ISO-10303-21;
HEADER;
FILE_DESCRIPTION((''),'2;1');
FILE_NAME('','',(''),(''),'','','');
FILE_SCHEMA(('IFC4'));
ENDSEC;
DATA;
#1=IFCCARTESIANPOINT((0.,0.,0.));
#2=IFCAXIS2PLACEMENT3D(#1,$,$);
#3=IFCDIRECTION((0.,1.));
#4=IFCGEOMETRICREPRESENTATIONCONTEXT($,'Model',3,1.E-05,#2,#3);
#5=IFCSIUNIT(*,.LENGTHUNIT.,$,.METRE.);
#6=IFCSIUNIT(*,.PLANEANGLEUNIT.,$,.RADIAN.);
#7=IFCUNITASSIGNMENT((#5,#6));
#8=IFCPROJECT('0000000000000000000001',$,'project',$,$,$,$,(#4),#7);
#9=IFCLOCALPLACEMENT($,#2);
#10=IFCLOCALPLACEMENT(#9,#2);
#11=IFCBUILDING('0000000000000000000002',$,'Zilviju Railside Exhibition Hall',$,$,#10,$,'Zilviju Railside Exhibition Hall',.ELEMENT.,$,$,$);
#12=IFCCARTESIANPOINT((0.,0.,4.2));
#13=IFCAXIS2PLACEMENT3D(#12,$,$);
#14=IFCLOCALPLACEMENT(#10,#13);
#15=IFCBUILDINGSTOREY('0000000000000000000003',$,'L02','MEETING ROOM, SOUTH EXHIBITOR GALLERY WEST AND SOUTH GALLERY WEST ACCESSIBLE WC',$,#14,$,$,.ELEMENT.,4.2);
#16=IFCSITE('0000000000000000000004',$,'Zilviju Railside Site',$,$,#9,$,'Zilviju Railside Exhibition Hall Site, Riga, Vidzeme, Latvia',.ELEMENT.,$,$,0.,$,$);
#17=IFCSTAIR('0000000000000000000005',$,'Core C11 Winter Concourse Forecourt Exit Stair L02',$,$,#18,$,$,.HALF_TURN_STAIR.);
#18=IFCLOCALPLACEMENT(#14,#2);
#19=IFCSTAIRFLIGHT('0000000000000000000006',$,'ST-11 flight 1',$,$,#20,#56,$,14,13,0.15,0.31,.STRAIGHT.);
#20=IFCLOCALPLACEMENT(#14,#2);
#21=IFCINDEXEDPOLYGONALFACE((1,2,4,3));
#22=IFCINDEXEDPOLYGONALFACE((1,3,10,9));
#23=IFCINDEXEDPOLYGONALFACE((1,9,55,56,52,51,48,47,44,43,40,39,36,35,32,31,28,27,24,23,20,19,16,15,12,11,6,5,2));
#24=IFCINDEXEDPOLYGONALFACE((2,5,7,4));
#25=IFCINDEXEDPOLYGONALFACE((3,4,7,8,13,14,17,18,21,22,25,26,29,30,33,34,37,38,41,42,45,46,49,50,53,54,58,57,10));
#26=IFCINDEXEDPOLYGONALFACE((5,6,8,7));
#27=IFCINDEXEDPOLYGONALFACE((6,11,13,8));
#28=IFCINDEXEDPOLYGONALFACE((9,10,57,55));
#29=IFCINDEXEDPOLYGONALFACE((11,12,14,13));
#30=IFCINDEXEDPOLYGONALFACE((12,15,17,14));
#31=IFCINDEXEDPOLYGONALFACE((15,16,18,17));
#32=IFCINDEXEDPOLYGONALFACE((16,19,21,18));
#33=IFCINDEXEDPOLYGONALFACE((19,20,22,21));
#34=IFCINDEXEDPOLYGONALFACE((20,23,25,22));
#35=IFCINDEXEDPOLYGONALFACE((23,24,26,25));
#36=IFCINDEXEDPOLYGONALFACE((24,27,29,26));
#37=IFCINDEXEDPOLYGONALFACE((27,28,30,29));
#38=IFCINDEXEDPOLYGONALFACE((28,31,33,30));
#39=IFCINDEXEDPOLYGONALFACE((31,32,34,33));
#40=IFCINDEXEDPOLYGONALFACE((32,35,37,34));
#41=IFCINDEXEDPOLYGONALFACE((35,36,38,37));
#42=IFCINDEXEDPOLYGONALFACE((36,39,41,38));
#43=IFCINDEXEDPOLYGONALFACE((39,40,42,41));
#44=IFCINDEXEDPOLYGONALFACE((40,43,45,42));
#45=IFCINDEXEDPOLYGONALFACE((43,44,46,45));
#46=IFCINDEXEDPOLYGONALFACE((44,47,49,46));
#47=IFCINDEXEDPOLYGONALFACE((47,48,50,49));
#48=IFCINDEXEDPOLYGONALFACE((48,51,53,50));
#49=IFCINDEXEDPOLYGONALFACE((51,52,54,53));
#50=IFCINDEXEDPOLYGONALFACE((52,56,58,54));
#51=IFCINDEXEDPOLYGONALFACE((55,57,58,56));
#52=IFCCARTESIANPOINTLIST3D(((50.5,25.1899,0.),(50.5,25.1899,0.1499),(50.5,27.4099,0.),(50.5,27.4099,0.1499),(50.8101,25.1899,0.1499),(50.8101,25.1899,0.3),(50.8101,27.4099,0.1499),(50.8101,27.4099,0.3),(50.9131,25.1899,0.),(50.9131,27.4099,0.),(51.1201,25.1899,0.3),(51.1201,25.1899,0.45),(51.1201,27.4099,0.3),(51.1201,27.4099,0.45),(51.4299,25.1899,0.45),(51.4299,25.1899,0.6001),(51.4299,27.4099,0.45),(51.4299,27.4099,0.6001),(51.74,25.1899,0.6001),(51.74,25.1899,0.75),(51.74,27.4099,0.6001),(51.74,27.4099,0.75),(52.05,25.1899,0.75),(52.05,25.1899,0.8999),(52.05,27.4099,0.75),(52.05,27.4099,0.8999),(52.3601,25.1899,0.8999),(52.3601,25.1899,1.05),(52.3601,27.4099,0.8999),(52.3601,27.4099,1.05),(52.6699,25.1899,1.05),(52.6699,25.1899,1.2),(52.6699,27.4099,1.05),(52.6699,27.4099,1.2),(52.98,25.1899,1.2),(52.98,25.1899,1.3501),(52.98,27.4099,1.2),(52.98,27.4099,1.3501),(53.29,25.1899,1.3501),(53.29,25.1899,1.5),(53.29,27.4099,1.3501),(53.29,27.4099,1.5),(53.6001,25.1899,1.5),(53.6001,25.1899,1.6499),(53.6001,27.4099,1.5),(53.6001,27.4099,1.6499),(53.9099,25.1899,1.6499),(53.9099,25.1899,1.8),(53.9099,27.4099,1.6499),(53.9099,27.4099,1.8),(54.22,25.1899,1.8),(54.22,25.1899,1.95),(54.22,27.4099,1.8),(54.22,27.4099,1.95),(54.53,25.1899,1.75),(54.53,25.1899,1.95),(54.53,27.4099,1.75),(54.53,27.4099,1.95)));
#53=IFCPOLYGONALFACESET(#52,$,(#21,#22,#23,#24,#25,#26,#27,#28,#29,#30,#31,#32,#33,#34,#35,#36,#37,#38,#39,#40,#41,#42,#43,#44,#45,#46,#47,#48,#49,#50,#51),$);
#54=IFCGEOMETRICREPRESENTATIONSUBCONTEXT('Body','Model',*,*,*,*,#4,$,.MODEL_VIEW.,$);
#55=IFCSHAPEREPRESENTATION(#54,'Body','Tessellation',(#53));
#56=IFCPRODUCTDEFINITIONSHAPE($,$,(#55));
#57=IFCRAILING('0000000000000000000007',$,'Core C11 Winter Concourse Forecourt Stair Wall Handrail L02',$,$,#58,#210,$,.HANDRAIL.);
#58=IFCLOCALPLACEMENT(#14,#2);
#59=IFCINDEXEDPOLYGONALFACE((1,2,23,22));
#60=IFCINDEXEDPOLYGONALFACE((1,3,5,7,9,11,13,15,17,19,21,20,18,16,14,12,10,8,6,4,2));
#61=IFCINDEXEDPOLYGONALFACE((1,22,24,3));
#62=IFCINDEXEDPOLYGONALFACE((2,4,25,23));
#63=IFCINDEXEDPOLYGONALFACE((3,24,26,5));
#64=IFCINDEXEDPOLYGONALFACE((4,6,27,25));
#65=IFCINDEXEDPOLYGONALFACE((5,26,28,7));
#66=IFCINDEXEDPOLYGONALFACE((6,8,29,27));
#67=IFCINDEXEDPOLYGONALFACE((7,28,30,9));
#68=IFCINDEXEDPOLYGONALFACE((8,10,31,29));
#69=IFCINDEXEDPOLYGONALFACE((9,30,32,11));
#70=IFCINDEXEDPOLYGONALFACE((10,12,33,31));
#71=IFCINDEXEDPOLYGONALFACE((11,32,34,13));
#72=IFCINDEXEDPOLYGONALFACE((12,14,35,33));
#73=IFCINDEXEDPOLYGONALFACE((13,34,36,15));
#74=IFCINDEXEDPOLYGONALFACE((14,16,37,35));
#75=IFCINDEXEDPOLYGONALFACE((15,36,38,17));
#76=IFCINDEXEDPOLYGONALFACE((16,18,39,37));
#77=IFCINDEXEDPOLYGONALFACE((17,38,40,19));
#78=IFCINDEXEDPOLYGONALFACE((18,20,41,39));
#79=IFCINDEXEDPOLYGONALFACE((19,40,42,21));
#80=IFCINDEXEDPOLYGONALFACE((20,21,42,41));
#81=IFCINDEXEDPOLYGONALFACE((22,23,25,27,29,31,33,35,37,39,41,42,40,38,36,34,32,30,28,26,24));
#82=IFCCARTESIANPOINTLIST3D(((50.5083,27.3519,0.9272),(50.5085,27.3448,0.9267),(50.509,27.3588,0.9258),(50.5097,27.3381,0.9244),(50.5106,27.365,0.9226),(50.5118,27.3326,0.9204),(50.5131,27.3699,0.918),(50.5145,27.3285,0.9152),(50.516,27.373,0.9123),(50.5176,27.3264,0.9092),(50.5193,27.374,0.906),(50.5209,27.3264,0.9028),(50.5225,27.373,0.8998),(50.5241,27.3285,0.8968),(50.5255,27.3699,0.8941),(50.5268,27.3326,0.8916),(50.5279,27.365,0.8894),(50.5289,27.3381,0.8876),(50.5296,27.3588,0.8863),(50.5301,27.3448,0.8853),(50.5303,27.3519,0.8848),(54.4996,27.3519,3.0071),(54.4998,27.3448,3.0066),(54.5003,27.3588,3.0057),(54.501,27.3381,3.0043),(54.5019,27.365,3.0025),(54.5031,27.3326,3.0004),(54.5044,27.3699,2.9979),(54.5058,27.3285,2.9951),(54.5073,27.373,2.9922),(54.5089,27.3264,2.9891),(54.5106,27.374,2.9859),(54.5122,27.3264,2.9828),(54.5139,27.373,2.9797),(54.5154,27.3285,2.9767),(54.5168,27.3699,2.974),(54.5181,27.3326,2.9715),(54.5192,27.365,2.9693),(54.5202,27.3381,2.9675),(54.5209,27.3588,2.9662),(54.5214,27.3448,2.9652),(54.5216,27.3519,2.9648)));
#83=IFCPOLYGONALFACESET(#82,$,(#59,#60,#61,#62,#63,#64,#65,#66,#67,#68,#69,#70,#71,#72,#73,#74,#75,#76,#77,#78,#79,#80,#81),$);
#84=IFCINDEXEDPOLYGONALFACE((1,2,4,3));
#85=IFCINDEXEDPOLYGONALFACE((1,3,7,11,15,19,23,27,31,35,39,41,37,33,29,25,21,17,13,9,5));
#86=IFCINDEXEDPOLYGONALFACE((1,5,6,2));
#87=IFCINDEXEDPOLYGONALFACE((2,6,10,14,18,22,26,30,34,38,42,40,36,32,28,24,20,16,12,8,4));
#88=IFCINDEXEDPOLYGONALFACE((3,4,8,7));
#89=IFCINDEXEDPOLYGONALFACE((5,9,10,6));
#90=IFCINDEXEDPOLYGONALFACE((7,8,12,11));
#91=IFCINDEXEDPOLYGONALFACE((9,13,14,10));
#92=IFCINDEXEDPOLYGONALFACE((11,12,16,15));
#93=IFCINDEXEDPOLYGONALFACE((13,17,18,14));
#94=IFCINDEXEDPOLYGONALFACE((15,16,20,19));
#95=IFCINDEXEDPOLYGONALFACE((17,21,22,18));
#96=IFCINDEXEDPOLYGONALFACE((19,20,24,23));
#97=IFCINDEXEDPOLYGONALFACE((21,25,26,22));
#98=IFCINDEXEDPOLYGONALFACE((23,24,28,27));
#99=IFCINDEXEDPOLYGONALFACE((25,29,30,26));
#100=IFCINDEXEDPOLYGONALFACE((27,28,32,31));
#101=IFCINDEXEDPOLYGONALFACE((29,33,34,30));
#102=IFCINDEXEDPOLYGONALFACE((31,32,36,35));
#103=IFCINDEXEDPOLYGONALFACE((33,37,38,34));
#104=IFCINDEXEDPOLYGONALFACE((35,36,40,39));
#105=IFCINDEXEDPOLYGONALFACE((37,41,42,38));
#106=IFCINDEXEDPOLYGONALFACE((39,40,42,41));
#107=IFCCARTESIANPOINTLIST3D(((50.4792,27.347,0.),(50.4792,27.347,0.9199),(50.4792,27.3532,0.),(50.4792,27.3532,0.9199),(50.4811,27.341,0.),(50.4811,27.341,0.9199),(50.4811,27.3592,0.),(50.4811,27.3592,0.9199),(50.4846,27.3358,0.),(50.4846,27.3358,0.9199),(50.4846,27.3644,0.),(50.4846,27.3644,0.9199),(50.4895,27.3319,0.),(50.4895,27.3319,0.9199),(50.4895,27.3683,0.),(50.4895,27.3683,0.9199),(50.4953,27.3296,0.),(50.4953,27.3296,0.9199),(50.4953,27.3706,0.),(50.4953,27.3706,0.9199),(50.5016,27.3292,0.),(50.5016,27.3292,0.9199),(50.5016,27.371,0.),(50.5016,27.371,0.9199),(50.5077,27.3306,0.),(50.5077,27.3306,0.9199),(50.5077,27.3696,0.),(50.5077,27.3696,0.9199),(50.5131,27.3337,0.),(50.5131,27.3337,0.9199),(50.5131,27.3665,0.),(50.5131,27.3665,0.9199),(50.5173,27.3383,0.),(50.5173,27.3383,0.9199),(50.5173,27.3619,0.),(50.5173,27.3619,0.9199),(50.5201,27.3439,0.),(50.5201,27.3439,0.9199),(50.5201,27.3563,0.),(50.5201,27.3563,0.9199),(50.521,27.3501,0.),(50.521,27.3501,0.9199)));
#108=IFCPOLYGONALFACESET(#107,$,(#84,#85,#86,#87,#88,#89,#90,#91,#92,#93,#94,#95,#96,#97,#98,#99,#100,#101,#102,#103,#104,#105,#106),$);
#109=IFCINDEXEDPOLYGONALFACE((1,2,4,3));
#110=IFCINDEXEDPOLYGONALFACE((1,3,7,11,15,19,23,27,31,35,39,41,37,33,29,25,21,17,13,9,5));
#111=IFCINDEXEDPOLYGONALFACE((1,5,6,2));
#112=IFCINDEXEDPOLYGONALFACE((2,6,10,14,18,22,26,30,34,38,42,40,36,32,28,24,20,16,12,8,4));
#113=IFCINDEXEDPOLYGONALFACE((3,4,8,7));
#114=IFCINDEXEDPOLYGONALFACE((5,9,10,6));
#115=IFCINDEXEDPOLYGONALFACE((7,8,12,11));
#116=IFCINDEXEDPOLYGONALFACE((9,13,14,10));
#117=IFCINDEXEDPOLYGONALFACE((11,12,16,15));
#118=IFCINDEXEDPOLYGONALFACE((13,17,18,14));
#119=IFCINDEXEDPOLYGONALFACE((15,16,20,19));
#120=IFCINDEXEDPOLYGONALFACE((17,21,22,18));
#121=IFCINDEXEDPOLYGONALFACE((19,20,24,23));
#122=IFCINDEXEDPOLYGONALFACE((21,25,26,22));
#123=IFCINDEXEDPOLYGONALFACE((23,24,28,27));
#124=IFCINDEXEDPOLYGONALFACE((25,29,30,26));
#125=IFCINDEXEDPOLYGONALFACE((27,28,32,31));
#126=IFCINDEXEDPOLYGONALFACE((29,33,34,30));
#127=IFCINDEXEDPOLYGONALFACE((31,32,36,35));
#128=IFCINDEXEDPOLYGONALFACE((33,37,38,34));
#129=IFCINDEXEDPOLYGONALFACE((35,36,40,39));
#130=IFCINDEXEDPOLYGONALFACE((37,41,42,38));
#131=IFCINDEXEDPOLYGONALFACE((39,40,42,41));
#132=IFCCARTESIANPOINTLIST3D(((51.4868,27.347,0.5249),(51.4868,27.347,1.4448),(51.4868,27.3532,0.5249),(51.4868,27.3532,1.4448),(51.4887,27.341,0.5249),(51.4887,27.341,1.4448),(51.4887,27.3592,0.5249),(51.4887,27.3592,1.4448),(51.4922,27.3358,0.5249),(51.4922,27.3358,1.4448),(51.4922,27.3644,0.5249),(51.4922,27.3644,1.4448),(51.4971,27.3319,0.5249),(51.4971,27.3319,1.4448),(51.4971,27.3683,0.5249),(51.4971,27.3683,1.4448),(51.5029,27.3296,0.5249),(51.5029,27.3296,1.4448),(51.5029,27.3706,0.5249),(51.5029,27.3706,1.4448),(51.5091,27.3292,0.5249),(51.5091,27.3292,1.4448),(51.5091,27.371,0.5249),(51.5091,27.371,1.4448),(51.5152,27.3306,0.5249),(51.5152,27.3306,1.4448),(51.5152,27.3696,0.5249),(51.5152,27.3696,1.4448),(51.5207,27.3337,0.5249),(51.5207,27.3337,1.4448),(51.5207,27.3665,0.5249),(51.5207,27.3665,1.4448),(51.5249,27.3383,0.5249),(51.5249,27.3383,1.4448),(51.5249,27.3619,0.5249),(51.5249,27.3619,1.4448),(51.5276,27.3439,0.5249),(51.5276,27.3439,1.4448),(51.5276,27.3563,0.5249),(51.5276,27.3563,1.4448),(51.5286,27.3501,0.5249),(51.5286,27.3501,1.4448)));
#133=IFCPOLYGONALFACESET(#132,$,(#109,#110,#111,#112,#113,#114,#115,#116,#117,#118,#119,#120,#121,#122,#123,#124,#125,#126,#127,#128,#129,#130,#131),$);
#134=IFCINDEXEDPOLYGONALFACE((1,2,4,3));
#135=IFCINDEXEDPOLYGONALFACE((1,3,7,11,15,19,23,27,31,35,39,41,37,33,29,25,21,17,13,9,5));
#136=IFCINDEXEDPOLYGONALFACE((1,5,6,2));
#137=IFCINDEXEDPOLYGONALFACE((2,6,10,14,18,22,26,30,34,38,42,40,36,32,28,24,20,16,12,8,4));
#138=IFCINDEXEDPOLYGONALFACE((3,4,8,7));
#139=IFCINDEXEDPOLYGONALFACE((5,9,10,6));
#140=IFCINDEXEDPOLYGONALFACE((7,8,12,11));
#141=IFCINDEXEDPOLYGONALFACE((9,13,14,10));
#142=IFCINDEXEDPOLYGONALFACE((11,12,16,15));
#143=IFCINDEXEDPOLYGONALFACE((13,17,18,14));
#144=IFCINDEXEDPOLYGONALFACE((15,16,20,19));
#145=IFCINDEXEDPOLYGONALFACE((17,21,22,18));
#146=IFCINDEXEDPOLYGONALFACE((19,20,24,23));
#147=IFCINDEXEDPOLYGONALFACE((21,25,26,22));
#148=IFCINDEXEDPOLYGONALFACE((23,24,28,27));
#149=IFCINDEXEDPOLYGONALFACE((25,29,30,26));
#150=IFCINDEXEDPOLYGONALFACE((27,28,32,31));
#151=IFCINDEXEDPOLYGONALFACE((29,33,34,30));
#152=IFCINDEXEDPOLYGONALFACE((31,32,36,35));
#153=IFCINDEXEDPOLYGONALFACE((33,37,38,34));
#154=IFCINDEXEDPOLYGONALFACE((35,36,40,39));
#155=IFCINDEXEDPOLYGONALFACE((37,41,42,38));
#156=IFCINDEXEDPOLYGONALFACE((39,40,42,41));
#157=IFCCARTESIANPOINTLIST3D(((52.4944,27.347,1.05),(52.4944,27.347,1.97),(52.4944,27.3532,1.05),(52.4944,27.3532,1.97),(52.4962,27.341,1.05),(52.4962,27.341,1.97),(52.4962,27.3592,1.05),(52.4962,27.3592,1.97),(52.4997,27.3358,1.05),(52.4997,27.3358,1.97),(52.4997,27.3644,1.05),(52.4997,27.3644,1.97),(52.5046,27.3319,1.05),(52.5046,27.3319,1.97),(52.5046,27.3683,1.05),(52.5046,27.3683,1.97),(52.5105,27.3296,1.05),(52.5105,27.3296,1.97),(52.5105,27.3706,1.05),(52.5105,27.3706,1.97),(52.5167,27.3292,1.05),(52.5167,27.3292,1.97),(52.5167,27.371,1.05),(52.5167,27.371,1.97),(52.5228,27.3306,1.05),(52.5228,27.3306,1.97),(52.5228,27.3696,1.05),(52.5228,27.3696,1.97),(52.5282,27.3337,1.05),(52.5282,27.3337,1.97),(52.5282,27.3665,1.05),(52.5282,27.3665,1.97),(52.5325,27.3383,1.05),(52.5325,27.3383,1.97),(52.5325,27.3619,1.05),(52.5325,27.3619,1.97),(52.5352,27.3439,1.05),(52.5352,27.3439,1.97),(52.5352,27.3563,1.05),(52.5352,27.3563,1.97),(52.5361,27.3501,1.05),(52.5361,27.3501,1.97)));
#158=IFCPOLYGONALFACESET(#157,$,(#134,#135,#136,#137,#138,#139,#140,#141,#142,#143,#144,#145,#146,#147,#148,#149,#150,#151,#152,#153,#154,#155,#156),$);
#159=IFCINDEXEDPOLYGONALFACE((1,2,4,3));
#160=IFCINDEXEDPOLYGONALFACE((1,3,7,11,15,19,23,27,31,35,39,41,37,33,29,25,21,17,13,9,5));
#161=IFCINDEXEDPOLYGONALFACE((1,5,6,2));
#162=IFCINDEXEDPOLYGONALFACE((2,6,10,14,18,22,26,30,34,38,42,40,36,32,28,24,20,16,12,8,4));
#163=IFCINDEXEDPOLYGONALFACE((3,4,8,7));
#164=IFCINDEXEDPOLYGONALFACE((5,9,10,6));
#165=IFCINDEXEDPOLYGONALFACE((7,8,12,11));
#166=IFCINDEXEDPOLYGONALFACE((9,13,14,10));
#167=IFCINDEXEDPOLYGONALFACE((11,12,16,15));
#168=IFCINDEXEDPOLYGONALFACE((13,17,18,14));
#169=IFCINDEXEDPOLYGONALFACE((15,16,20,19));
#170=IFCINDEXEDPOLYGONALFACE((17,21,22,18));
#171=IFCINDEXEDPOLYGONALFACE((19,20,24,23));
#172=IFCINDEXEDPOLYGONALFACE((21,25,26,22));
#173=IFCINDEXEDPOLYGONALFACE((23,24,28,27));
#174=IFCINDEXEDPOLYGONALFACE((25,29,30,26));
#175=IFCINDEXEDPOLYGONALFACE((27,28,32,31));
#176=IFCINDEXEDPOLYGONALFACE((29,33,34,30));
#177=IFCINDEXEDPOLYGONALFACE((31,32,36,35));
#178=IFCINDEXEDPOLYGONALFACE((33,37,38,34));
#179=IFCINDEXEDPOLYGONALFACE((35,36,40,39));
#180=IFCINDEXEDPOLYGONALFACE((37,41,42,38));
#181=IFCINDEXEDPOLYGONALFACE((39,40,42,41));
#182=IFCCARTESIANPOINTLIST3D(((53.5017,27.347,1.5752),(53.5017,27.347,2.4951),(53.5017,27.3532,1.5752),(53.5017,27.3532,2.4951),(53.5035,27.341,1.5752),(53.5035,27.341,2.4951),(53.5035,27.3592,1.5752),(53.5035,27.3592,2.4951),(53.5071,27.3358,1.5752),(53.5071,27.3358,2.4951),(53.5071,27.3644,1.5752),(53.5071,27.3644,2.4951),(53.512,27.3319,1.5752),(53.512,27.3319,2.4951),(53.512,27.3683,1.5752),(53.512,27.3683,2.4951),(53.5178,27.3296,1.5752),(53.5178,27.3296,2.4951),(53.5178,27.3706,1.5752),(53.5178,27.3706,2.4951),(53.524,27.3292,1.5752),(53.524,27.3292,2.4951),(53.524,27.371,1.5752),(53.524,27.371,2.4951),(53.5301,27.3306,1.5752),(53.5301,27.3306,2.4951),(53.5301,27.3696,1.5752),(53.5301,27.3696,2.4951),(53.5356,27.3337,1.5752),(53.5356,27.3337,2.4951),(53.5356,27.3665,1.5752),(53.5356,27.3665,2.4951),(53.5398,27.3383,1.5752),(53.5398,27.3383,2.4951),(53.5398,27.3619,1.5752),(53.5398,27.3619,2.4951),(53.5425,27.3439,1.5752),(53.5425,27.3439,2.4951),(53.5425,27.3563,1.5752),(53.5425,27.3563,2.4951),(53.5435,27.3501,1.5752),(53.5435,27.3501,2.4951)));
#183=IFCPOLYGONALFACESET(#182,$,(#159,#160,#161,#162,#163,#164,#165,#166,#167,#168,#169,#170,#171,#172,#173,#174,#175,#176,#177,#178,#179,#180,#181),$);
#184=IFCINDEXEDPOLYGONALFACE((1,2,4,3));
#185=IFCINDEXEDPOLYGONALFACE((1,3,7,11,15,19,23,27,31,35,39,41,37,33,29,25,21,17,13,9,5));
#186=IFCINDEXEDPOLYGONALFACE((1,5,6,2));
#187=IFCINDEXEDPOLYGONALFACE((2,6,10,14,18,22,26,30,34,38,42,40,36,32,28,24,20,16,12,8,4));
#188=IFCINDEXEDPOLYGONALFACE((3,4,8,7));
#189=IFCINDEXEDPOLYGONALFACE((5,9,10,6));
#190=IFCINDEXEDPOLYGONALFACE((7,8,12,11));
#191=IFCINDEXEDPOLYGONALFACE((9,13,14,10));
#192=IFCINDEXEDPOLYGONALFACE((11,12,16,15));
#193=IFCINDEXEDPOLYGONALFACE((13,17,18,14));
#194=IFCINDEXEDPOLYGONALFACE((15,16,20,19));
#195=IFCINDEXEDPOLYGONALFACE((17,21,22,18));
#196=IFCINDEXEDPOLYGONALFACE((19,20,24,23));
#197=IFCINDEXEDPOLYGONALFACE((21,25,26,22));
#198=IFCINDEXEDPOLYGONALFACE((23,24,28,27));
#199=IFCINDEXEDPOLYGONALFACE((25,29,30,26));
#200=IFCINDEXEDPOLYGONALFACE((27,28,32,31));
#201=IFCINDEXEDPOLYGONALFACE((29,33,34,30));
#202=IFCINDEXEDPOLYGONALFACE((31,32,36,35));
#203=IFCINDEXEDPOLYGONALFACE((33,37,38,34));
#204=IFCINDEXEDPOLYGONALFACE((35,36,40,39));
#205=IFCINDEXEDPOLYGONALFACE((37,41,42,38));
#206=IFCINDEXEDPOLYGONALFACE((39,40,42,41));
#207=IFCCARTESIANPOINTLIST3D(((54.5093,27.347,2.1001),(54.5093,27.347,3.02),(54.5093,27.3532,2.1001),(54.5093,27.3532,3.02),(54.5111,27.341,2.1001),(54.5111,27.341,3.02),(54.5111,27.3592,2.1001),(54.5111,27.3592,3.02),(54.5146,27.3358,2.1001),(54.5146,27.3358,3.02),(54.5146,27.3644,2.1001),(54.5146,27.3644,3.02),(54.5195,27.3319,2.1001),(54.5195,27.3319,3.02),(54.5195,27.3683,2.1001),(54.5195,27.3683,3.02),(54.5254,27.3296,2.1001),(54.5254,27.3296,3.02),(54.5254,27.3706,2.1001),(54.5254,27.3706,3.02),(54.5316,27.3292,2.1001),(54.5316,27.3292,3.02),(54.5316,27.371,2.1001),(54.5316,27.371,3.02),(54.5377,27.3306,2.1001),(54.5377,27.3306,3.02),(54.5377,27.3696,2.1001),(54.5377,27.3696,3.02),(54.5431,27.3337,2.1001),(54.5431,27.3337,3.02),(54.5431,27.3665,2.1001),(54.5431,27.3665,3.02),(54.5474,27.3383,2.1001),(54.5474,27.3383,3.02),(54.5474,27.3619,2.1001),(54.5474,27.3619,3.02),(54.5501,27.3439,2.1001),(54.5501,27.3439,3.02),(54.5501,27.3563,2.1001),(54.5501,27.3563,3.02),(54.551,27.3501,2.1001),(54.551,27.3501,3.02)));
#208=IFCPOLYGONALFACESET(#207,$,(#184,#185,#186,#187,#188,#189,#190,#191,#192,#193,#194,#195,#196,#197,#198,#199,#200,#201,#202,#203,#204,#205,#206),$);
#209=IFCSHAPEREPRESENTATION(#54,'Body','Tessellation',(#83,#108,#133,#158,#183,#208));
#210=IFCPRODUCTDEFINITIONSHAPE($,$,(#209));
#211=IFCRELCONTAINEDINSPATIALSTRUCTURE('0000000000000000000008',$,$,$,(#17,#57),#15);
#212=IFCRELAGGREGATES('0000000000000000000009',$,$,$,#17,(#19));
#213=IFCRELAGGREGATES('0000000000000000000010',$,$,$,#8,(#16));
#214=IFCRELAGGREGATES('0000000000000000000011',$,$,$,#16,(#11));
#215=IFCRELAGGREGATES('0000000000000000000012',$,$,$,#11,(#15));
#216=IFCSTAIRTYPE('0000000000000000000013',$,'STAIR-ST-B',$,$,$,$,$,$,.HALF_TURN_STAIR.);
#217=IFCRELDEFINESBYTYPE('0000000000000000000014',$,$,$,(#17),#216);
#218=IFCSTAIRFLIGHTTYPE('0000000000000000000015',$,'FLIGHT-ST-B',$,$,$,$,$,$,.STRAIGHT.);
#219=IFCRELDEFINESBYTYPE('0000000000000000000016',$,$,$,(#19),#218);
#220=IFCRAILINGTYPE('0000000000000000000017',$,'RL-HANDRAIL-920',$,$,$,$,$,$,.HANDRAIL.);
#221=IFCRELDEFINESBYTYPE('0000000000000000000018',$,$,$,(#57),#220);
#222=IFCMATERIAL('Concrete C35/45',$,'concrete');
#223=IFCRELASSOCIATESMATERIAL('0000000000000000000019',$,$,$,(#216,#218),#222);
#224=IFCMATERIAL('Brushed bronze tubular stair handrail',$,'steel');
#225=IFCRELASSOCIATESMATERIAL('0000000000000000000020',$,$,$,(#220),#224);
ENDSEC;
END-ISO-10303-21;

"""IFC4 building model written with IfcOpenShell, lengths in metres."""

from ifc_helpers import new_model, si_unit, direction, frame, origin, origin_2d, place, context, subcontext, project, spatial, polyline, circle, outline, extrude, material, type_object, element, aggregate, save


model = new_model("IFC4")

# Units and contexts
model_context = context("Model", 3, precision=1e-05, world=origin(), true_north=direction((0.0, 1.0)))
body_context = subcontext(model_context, "Body", "Model", "MODEL_VIEW")
ifc_project = project(units=[si_unit("LENGTHUNIT", "METRE"), si_unit("PLANEANGLEUNIT", "RADIAN")], contexts=[model_context])

# Site, building, storey
site_placement = place(None, origin())
site = spatial("IfcSite", under=ifc_project, at=site_placement, Name="Zilviju Railside Site", LongName="Zilviju Railside Exhibition Hall Site, Riga, Vidzeme, Latvia", CompositionType="ELEMENT", RefElevation=0.0)
building_placement = place(site_placement, origin())
building = spatial("IfcBuilding", under=site, at=building_placement, Name="Zilviju Railside Exhibition Hall", LongName="Zilviju Railside Exhibition Hall", CompositionType="ELEMENT")
storey_placement = place(building_placement, frame((0.0, 0.0, 4.2)))
storey = spatial("IfcBuildingStorey", under=building, at=storey_placement, Name="L02", Description="MEETING ROOM, SOUTH EXHIBITOR GALLERY WEST AND SOUTH GALLERY WEST ACCESSIBLE WC", CompositionType="ELEMENT", Elevation=4.2)

# Shared definitions
ifc_material_1 = material(Name="Concrete C35/45", Category="concrete")

# Stair, stair flight
stair_type = type_object("IfcStairType", Name="STAIR-ST-B", PredefinedType="HALF_TURN_STAIR", material=ifc_material_1)
stair_placement = place(storey_placement, origin())
stair = element("IfcStair", 1, at=stair_placement, inside=storey, type_object=stair_type, Name="Core C11 Winter Concourse Forecourt Exit Stair L02", PredefinedType="HALF_TURN_STAIR")
stair_flight_type = type_object("IfcStairFlightType", Name="FLIGHT-ST-B", PredefinedType="STRAIGHT", material=ifc_material_1)
stair_flight_placement = place(storey_placement, frame((50.5, 26.3, 0.0), z_axis=(0.0, 0.0, 1.0), x_axis=(1.0, 0.0, 0.0)))
stair_flight = element("IfcStairFlight", 2, at=stair_flight_placement, type_object=stair_flight_type, Name="ST-11 flight 1", NumberOfRisers=14, NumberOfTreads=13, PredefinedType="STRAIGHT", RiserHeight=0.15, TreadLength=0.31, context=body_context, shape_type="SweptSolid", body=[
    extrude(outline(polyline([(0.0, 0.0), (0.0, 0.1499), (0.3101, 0.1499), (0.3101, 0.3), (0.6201, 0.3), (0.6201, 0.45), (0.9299, 0.45), (0.9299, 0.6001), (1.24, 0.6001), (1.24, 0.75), (1.55, 0.75), (1.55, 0.8999), (1.8601, 0.8999), (1.8601, 1.05), (2.1699, 1.05), (2.1699, 1.2), (2.48, 1.2), (2.48, 1.3501), (2.79, 1.3501), (2.79, 1.5), (3.1001, 1.5), (3.1001, 1.6499), (3.4099, 1.6499), (3.4099, 1.8), (3.72, 1.8), (3.72, 1.95), (4.03, 1.95), (4.03, 2.1001), (4.03, 1.75), (0.4131, 0.0), (0.0, 0.0)])), frame((0.0, 1.1099, 0.0), z_axis=(0.0, -1.0, 0.0), x_axis=(1.0, 0.0, 0.0)), (0.0, 0.0, 1.0), 2.22),
])
aggregate(stair, [stair_flight])

# Railing
ifc_material_2 = material(Name="Brushed bronze tubular stair handrail", Category="steel")
railing_type_1 = type_object("IfcRailingType", Name="RL-HANDRAIL-920", PredefinedType="HANDRAIL", material=ifc_material_2)
railing_1_placement = place(storey_placement, frame((50.5, 27.3501, 0.0)))
element("IfcRailing", 3, at=railing_1_placement, inside=storey, type_object=railing_type_1, Name="Core C11 Winter Concourse Forecourt Stair Wall Handrail L02", PredefinedType="HANDRAIL", context=body_context, shape_type="SweptSolid", body=[
    extrude(circle(Radius=0.0239, at=origin_2d()), frame((0.0193, 0.0, 0.906), z_axis=(0.886813, 0.0, 0.462129), x_axis=(0.0, 1.0, 0.0)), (0.0, 0.0, 1.0), 4.5007),
    extrude(circle(Radius=0.021, at=origin_2d()), origin(), (0.0, 0.0, 1.0), 0.9199),
    extrude(circle(Radius=0.021, at=origin_2d()), frame((1.0076, 0.0, 0.5249)), (0.0, 0.0, 1.0), 0.9199),
    extrude(circle(Radius=0.021, at=origin_2d()), frame((2.0151, 0.0, 1.05)), (0.0, 0.0, 1.0), 0.9199),
    extrude(circle(Radius=0.021, at=origin_2d()), frame((3.0225, 0.0, 1.5752)), (0.0, 0.0, 1.0), 0.9199),
    extrude(circle(Radius=0.021, at=origin_2d()), frame((4.03, 0.0, 2.1001)), (0.0, 0.0, 1.0), 0.9199),
])

save(model, "model.ifc")
